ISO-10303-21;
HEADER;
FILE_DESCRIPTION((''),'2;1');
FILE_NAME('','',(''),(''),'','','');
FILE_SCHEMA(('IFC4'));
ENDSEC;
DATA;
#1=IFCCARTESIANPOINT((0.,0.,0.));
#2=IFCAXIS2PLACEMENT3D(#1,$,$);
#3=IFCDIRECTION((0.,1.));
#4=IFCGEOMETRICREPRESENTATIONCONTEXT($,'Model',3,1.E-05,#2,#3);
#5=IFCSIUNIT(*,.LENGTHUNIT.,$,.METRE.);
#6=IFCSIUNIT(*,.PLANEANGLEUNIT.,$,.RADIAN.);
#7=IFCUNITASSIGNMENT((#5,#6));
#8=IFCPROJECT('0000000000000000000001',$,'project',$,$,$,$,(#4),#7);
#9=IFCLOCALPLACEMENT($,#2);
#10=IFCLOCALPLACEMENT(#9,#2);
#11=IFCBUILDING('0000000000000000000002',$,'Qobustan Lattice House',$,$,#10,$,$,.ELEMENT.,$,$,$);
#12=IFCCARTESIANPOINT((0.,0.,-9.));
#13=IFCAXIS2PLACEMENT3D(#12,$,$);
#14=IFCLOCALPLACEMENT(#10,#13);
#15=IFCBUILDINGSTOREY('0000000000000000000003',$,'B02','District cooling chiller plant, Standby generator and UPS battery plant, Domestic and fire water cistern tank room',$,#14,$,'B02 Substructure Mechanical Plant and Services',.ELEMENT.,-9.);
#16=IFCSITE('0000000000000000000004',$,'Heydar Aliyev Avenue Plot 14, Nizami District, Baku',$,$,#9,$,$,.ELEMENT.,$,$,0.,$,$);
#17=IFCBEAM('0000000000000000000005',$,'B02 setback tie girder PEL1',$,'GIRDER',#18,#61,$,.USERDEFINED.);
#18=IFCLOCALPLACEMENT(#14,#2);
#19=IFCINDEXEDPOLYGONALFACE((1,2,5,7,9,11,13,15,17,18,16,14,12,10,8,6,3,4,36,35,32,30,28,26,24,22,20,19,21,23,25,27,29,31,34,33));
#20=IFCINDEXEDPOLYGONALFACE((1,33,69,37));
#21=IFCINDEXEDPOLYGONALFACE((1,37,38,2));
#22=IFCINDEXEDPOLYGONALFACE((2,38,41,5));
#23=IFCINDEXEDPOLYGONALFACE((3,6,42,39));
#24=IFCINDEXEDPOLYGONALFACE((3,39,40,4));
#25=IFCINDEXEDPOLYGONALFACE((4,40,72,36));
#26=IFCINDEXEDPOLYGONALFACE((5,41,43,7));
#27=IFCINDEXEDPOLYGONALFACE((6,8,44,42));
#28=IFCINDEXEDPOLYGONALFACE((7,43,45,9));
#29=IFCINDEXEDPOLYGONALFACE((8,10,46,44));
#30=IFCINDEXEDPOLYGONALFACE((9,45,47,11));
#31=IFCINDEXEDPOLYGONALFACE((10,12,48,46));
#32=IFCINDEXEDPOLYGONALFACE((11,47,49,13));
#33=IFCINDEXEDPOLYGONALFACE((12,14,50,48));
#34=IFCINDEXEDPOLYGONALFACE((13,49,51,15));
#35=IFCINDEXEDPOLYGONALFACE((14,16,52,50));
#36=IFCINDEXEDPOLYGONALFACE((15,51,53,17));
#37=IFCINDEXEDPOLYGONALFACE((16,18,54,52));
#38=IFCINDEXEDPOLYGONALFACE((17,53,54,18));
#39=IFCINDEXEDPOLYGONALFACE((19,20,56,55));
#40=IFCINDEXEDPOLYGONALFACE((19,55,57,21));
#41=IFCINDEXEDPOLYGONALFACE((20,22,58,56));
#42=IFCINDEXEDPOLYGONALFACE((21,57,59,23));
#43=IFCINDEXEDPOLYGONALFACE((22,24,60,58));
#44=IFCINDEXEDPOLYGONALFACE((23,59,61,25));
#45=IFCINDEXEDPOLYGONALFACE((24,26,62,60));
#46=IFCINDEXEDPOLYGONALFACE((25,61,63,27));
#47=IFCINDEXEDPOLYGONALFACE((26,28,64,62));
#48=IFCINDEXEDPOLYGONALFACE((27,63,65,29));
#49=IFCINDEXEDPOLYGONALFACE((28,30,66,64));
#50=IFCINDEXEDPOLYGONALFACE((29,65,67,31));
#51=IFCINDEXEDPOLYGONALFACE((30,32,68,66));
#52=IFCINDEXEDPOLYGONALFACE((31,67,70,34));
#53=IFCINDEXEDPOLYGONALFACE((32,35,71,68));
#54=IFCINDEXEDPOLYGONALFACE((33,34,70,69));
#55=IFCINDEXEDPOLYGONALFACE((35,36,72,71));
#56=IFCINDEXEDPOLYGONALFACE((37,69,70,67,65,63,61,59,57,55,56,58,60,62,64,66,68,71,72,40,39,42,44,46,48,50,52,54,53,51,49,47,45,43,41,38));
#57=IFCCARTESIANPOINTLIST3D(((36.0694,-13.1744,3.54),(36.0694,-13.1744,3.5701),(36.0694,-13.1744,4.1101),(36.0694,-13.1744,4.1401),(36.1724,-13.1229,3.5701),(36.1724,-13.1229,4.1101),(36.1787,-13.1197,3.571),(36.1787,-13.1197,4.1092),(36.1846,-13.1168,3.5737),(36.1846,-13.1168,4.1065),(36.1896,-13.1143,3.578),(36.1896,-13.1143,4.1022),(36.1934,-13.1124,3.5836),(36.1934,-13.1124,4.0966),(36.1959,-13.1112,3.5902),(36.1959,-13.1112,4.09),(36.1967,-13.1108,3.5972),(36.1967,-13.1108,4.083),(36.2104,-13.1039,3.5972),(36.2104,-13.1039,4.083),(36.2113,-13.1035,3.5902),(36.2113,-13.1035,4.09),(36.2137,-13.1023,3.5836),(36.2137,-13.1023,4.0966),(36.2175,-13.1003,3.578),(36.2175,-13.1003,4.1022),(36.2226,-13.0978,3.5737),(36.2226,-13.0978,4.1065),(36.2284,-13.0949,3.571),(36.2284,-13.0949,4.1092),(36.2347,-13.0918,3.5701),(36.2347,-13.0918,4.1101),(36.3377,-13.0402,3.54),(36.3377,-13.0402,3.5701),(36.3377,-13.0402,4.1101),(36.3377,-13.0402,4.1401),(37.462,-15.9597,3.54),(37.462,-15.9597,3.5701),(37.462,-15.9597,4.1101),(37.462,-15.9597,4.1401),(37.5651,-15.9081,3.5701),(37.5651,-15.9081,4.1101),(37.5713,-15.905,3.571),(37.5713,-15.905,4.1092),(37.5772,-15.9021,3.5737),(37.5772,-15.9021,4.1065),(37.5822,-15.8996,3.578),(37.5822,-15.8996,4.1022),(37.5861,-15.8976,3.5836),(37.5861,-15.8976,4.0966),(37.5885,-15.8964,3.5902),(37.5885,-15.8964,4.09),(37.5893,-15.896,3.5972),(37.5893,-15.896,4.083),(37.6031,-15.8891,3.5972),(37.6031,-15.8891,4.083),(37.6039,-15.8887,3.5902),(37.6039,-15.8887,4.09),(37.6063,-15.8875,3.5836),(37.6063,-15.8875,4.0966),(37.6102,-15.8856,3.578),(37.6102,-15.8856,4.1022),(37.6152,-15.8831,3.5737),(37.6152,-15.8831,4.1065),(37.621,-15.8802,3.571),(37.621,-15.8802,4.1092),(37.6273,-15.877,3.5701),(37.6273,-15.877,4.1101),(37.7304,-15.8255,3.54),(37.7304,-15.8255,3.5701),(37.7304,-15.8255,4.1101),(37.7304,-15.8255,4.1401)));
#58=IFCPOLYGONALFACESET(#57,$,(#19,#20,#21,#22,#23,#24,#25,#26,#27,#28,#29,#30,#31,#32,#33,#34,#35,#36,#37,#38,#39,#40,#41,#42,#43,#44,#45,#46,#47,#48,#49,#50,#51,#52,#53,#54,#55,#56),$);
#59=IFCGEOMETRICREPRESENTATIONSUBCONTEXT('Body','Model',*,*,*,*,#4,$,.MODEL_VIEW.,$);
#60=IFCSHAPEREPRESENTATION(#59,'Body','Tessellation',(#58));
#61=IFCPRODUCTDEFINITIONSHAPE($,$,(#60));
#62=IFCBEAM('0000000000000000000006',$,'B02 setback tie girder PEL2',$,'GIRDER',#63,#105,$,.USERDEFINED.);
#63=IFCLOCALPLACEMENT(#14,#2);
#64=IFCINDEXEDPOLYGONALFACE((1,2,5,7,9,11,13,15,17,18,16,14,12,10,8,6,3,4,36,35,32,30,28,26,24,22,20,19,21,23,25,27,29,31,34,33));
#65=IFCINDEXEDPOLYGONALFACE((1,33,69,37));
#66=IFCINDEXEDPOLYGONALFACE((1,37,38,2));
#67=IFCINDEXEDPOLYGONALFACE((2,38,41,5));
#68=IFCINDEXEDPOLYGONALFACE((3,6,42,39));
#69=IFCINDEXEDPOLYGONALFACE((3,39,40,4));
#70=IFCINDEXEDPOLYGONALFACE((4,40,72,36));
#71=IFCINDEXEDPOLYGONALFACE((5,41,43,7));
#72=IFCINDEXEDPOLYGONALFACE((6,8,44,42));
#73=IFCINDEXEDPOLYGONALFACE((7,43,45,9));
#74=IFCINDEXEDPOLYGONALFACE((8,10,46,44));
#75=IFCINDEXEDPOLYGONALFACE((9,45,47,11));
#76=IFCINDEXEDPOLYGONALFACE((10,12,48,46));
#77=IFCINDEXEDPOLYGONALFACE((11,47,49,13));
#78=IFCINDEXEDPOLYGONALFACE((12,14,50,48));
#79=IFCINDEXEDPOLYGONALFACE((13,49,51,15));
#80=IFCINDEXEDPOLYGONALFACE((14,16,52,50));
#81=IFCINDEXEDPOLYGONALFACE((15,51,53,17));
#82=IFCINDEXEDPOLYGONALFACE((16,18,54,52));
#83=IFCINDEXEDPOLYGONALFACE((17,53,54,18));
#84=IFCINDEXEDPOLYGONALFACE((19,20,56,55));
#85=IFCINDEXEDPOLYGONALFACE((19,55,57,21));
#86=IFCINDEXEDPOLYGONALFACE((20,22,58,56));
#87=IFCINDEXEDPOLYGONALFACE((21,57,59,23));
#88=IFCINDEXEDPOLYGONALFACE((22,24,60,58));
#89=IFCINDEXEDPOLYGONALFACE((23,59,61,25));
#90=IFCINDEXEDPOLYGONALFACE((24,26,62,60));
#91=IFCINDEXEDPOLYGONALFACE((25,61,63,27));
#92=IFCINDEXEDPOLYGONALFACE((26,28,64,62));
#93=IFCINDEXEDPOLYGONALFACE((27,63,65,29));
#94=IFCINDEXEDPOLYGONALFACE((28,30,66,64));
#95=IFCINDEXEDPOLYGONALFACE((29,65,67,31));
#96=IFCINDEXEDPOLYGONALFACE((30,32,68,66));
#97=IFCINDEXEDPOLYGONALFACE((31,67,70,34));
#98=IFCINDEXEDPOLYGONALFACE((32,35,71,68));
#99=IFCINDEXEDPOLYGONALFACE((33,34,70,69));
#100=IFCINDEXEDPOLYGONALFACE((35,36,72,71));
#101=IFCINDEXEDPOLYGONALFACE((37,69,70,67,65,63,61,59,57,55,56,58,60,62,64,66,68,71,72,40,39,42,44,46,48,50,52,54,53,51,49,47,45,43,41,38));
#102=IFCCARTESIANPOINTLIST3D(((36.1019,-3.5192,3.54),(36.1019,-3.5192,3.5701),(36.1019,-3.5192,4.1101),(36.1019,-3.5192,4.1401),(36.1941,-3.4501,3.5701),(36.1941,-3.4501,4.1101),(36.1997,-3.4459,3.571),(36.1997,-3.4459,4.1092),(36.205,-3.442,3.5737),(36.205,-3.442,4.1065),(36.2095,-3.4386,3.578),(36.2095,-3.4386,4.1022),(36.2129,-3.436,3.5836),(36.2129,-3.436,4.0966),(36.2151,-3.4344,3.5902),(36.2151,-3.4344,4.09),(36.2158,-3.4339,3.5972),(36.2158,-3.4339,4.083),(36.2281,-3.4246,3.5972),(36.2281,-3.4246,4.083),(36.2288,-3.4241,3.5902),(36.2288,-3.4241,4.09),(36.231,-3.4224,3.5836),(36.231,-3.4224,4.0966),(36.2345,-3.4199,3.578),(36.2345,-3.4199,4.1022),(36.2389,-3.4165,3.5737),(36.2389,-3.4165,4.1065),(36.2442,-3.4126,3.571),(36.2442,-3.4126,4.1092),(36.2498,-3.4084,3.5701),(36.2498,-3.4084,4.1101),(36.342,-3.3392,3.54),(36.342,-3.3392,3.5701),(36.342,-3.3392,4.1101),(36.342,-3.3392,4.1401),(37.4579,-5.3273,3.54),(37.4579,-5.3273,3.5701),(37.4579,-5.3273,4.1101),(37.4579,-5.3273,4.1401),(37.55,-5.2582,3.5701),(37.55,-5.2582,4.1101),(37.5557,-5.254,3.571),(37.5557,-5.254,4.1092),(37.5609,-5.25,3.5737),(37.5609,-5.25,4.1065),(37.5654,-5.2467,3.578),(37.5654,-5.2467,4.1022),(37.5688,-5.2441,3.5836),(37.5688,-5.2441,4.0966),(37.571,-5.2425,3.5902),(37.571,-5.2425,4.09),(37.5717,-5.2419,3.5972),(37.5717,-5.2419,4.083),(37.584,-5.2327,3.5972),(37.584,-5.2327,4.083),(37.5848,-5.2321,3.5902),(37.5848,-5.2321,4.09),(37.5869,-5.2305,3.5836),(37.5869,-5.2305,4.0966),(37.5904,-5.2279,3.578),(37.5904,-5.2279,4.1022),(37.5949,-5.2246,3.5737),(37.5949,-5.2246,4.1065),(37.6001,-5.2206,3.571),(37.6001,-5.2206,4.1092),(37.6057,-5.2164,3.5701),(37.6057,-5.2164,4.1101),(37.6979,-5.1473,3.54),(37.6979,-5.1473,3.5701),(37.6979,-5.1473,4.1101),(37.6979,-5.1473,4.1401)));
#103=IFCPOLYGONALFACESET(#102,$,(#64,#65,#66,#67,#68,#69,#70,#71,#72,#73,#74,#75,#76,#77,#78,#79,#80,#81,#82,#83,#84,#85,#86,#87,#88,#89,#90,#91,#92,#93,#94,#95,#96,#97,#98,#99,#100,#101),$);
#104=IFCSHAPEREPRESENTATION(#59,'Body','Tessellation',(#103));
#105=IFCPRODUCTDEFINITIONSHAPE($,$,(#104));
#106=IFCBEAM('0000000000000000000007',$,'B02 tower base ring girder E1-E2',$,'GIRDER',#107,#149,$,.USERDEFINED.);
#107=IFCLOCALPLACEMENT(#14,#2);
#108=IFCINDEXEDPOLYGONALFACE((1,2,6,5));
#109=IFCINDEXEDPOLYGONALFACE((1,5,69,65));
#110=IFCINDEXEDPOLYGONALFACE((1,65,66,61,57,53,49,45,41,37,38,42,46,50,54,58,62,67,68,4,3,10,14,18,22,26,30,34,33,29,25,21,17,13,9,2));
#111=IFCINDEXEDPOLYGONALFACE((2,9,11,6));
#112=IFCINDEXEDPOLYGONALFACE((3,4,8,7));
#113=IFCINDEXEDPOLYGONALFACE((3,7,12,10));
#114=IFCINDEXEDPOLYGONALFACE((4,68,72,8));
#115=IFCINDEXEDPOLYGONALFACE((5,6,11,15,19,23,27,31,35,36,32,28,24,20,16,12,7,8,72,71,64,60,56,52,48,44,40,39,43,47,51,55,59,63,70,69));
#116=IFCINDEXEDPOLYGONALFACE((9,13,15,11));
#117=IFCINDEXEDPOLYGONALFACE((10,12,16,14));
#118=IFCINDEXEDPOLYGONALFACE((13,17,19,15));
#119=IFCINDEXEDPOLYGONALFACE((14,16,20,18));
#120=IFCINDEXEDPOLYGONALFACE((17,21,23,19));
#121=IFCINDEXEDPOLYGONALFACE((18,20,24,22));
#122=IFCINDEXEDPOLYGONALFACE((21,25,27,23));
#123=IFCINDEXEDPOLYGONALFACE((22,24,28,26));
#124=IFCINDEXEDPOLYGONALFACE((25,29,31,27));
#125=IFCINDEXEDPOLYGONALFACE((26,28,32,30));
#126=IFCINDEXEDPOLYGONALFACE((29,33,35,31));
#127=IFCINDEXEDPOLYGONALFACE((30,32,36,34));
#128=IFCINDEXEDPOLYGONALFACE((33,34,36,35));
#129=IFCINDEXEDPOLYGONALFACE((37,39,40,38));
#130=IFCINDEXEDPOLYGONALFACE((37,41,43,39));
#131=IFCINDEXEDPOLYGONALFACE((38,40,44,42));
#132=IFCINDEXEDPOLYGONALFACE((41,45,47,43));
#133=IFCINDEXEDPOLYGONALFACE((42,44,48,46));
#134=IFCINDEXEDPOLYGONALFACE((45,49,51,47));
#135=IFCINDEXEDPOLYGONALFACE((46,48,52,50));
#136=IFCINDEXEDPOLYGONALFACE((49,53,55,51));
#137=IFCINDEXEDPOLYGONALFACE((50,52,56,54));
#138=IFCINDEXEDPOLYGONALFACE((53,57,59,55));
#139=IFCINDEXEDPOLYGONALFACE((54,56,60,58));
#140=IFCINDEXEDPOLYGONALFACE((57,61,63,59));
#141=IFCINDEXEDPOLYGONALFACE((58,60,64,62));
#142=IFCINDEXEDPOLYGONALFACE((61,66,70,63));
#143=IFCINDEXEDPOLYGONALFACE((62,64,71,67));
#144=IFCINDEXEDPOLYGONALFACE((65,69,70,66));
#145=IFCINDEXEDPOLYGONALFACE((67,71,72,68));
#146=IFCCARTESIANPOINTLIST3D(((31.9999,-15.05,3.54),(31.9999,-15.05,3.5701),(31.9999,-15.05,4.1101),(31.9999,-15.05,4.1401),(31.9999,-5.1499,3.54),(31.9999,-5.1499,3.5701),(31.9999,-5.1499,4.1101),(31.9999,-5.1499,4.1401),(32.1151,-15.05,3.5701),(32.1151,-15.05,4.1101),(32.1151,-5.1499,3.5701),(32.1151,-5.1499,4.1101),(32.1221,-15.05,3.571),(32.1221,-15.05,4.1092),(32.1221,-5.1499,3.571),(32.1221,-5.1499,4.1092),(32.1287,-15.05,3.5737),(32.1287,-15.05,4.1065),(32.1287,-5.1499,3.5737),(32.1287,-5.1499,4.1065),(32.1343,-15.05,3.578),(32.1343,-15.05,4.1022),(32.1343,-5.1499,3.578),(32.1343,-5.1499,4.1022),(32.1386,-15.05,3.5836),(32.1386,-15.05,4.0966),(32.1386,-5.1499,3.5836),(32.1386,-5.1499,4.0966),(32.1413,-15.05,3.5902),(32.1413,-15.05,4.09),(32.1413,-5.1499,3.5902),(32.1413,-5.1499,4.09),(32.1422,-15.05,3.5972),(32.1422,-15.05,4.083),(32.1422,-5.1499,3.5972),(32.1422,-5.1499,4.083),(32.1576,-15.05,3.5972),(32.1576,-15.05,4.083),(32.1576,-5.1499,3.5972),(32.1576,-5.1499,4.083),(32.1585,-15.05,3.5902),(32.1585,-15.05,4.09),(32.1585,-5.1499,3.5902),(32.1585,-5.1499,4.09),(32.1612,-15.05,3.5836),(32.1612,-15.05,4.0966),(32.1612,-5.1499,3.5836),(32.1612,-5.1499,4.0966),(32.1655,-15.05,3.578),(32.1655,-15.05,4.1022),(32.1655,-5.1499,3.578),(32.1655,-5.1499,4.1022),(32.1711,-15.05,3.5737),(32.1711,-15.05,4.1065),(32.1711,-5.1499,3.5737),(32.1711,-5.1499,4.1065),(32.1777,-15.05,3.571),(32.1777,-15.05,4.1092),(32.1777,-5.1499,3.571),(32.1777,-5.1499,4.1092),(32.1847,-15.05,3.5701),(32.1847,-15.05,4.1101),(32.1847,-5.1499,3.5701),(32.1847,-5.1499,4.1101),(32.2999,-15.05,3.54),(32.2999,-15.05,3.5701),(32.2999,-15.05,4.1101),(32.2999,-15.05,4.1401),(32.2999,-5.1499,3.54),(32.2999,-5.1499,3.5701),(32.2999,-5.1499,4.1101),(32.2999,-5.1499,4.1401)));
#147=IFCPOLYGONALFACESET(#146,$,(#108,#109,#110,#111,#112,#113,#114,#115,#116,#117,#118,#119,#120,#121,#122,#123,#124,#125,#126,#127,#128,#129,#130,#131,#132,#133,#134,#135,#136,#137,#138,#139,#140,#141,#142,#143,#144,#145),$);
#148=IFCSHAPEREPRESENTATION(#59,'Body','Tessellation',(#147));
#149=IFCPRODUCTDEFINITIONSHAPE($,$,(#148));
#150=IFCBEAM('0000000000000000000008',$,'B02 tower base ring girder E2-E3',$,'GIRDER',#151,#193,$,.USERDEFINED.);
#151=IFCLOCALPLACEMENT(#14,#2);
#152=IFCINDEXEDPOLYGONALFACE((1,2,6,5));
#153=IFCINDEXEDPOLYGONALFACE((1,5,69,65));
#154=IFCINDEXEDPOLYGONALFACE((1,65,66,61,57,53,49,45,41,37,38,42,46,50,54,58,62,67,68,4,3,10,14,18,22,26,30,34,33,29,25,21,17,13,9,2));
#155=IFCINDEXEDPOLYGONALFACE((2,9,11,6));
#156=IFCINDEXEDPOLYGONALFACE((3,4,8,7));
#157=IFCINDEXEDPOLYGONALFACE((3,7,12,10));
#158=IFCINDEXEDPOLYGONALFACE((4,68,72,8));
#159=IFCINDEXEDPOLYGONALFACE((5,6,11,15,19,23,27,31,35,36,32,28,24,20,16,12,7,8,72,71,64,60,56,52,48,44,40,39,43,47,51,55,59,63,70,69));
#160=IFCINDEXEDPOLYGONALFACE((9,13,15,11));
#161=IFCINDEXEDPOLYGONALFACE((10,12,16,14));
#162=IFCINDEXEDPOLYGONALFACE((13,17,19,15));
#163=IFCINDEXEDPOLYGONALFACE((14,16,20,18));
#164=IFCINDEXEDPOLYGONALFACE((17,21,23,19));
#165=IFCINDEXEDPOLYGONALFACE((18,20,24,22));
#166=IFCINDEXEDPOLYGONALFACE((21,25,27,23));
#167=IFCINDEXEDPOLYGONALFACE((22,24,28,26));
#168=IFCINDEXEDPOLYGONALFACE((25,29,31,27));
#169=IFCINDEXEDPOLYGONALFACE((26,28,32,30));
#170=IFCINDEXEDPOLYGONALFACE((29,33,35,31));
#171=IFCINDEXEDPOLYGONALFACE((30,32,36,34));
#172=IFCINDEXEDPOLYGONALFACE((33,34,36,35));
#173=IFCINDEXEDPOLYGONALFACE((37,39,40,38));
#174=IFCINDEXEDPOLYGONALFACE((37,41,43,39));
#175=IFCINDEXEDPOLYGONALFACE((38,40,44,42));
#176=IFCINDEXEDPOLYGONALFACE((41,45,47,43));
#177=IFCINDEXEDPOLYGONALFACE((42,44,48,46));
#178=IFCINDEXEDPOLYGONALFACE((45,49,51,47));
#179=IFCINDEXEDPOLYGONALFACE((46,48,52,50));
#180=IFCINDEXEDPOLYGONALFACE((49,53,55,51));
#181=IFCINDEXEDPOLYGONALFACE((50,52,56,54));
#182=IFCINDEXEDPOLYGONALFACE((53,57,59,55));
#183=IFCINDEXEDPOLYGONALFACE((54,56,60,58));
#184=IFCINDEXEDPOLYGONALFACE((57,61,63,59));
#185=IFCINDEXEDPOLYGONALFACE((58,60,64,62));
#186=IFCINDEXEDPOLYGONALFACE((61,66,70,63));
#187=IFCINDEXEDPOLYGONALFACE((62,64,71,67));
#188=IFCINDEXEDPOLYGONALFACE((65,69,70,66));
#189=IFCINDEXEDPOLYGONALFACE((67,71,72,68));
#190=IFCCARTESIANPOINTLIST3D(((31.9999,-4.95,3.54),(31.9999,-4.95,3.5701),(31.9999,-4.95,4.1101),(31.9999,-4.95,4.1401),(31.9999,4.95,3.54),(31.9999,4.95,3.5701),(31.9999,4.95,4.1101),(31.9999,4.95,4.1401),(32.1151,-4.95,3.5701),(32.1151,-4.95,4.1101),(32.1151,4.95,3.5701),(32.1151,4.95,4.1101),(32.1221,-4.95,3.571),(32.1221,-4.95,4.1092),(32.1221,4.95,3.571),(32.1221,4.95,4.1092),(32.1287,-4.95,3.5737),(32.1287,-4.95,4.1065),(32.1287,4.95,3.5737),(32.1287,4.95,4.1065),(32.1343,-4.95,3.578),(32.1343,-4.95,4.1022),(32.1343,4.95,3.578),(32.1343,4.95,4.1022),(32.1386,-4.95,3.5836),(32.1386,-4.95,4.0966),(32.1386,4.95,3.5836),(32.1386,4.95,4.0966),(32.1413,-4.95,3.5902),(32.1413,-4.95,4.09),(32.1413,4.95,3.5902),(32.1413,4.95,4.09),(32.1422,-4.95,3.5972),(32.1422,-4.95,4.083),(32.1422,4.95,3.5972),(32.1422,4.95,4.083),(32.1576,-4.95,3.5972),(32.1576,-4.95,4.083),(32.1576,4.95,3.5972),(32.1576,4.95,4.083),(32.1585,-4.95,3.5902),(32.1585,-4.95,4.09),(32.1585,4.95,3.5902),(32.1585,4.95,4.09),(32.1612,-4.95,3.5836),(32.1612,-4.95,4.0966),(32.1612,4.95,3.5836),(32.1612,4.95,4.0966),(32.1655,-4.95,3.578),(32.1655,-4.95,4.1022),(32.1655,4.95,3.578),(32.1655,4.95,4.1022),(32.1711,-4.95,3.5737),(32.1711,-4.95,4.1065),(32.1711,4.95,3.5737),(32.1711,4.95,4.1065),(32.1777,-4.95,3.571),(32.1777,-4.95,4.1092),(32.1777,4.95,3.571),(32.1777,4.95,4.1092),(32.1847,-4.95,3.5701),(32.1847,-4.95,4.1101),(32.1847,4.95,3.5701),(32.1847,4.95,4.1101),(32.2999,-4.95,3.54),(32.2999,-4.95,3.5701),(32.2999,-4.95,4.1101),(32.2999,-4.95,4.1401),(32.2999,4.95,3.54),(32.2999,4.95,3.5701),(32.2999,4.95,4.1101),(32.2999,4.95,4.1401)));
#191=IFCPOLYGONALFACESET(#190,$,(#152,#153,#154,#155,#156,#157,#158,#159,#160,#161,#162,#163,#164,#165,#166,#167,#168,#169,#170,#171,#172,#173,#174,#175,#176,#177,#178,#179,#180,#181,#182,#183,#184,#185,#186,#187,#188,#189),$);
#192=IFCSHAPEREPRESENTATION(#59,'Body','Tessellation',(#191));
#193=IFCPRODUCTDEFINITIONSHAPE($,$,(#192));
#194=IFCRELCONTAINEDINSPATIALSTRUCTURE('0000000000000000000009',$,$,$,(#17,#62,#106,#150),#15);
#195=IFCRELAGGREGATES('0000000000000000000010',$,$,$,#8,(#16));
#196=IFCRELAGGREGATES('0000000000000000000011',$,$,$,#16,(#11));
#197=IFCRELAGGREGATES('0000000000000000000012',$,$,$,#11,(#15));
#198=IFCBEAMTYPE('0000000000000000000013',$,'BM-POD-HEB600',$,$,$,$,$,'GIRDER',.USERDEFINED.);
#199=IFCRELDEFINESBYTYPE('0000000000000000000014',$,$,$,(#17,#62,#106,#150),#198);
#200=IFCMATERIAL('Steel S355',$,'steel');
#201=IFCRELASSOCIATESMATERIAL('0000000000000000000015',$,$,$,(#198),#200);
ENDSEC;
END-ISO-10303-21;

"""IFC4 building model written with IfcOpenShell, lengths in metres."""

from ifc_helpers import new_model, si_unit, direction, frame, origin, origin_2d, place, context, subcontext, project, spatial, i_section, extrude, material, material_profile, profile_set, type_object, element, save


model = new_model("IFC4")

# Units and contexts
model_context = context("Model", 3, precision=1e-05, world=origin(), true_north=direction((0.0, 1.0)))
body_context = subcontext(model_context, "Body", "Model", "MODEL_VIEW")
ifc_project = project(units=[si_unit("LENGTHUNIT", "METRE"), si_unit("PLANEANGLEUNIT", "RADIAN")], contexts=[model_context])

# Site, building, storey
site_placement = place(None, origin())
site = spatial("IfcSite", under=ifc_project, at=site_placement, Name="Heydar Aliyev Avenue Plot 14, Nizami District, Baku", CompositionType="ELEMENT", RefElevation=0.0)
building_placement = place(site_placement, origin())
building = spatial("IfcBuilding", under=site, at=building_placement, Name="Qobustan Lattice House", CompositionType="ELEMENT")
storey_placement = place(building_placement, frame((0.0, 0.0, -9.0)))
storey = spatial("IfcBuildingStorey", under=building, at=storey_placement, Name="B02", Description="District cooling chiller plant, Standby generator and UPS battery plant, Domestic and fire water cistern tank room", LongName="B02 Substructure Mechanical Plant and Services", CompositionType="ELEMENT", Elevation=-9.0)

# Beams
ifc_material_1 = material(Name="Steel S355", Category="steel")
ifc_material_profile_1 = material_profile(ifc_material_1, i_section(OverallWidth=0.3, OverallDepth=0.6001, WebThickness=0.0154, FlangeThickness=0.03, FilletRadius=0.0271, at=origin_2d()), Name="HEB600")
ifc_profile_set_1 = profile_set([ifc_material_profile_1], Name="Steel S355")
beam_type_1 = type_object("IfcBeamType", Name="BM-POD-HEB600", ElementType="GIRDER", PredefinedType="USERDEFINED", material=ifc_profile_set_1)
beam_1_placement = place(storey_placement, frame((37.5962, -15.8926, 3.8401), z_axis=(-0.447214, 0.894427, 0.0), x_axis=(-0.894427, -0.447214, 0.0)))
element("IfcBeam", 1, at=beam_1_placement, inside=storey, type_object=beam_type_1, Name="B02 setback tie girder PEL1", ObjectType="GIRDER", PredefinedType="USERDEFINED", context=body_context, shape_type="SweptSolid", body=[
    extrude(i_section(OverallWidth=0.3, OverallDepth=0.6001, WebThickness=0.0154, FlangeThickness=0.03, FilletRadius=0.0271, at=origin_2d()), origin(), (0.0, 0.0, 1.0), 3.114),
])
beam_2_placement = place(storey_placement, frame((37.5779, -5.2373, 3.8401), z_axis=(-0.599965, 0.800026, 0.0), x_axis=(-0.800026, -0.599965, 0.0)))
element("IfcBeam", 2, at=beam_2_placement, inside=storey, type_object=beam_type_1, Name="B02 setback tie girder PEL2", ObjectType="GIRDER", PredefinedType="USERDEFINED", context=body_context, shape_type="SweptSolid", body=[
    extrude(i_section(OverallWidth=0.3, OverallDepth=0.6001, WebThickness=0.0154, FlangeThickness=0.03, FilletRadius=0.0271, at=origin_2d()), origin(), (0.0, 0.0, 1.0), 2.26),
])
beam_3_placement = place(storey_placement, frame((32.1499, -15.05, 3.8401), z_axis=(0.0, 1.0, 0.0), x_axis=(-1.0, 0.0, 0.0)))
element("IfcBeam", 3, at=beam_3_placement, inside=storey, type_object=beam_type_1, Name="B02 tower base ring girder E1-E2", ObjectType="GIRDER", PredefinedType="USERDEFINED", context=body_context, shape_type="SweptSolid", body=[
    extrude(i_section(OverallWidth=0.3, OverallDepth=0.6001, WebThickness=0.0154, FlangeThickness=0.03, FilletRadius=0.0271, at=origin_2d()), origin(), (0.0, 0.0, 1.0), 9.9001),
])
beam_4_placement = place(storey_placement, frame((32.1499, -4.95, 3.8401), z_axis=(0.0, 1.0, 0.0), x_axis=(-1.0, 0.0, 0.0)))
element("IfcBeam", 4, at=beam_4_placement, inside=storey, type_object=beam_type_1, Name="B02 tower base ring girder E2-E3", ObjectType="GIRDER", PredefinedType="USERDEFINED", context=body_context, shape_type="SweptSolid", body=[
    extrude(i_section(OverallWidth=0.3, OverallDepth=0.6001, WebThickness=0.0154, FlangeThickness=0.03, FilletRadius=0.0271, at=origin_2d()), origin(), (0.0, 0.0, 1.0), 9.8999),
])

save(model, "model.ifc")
